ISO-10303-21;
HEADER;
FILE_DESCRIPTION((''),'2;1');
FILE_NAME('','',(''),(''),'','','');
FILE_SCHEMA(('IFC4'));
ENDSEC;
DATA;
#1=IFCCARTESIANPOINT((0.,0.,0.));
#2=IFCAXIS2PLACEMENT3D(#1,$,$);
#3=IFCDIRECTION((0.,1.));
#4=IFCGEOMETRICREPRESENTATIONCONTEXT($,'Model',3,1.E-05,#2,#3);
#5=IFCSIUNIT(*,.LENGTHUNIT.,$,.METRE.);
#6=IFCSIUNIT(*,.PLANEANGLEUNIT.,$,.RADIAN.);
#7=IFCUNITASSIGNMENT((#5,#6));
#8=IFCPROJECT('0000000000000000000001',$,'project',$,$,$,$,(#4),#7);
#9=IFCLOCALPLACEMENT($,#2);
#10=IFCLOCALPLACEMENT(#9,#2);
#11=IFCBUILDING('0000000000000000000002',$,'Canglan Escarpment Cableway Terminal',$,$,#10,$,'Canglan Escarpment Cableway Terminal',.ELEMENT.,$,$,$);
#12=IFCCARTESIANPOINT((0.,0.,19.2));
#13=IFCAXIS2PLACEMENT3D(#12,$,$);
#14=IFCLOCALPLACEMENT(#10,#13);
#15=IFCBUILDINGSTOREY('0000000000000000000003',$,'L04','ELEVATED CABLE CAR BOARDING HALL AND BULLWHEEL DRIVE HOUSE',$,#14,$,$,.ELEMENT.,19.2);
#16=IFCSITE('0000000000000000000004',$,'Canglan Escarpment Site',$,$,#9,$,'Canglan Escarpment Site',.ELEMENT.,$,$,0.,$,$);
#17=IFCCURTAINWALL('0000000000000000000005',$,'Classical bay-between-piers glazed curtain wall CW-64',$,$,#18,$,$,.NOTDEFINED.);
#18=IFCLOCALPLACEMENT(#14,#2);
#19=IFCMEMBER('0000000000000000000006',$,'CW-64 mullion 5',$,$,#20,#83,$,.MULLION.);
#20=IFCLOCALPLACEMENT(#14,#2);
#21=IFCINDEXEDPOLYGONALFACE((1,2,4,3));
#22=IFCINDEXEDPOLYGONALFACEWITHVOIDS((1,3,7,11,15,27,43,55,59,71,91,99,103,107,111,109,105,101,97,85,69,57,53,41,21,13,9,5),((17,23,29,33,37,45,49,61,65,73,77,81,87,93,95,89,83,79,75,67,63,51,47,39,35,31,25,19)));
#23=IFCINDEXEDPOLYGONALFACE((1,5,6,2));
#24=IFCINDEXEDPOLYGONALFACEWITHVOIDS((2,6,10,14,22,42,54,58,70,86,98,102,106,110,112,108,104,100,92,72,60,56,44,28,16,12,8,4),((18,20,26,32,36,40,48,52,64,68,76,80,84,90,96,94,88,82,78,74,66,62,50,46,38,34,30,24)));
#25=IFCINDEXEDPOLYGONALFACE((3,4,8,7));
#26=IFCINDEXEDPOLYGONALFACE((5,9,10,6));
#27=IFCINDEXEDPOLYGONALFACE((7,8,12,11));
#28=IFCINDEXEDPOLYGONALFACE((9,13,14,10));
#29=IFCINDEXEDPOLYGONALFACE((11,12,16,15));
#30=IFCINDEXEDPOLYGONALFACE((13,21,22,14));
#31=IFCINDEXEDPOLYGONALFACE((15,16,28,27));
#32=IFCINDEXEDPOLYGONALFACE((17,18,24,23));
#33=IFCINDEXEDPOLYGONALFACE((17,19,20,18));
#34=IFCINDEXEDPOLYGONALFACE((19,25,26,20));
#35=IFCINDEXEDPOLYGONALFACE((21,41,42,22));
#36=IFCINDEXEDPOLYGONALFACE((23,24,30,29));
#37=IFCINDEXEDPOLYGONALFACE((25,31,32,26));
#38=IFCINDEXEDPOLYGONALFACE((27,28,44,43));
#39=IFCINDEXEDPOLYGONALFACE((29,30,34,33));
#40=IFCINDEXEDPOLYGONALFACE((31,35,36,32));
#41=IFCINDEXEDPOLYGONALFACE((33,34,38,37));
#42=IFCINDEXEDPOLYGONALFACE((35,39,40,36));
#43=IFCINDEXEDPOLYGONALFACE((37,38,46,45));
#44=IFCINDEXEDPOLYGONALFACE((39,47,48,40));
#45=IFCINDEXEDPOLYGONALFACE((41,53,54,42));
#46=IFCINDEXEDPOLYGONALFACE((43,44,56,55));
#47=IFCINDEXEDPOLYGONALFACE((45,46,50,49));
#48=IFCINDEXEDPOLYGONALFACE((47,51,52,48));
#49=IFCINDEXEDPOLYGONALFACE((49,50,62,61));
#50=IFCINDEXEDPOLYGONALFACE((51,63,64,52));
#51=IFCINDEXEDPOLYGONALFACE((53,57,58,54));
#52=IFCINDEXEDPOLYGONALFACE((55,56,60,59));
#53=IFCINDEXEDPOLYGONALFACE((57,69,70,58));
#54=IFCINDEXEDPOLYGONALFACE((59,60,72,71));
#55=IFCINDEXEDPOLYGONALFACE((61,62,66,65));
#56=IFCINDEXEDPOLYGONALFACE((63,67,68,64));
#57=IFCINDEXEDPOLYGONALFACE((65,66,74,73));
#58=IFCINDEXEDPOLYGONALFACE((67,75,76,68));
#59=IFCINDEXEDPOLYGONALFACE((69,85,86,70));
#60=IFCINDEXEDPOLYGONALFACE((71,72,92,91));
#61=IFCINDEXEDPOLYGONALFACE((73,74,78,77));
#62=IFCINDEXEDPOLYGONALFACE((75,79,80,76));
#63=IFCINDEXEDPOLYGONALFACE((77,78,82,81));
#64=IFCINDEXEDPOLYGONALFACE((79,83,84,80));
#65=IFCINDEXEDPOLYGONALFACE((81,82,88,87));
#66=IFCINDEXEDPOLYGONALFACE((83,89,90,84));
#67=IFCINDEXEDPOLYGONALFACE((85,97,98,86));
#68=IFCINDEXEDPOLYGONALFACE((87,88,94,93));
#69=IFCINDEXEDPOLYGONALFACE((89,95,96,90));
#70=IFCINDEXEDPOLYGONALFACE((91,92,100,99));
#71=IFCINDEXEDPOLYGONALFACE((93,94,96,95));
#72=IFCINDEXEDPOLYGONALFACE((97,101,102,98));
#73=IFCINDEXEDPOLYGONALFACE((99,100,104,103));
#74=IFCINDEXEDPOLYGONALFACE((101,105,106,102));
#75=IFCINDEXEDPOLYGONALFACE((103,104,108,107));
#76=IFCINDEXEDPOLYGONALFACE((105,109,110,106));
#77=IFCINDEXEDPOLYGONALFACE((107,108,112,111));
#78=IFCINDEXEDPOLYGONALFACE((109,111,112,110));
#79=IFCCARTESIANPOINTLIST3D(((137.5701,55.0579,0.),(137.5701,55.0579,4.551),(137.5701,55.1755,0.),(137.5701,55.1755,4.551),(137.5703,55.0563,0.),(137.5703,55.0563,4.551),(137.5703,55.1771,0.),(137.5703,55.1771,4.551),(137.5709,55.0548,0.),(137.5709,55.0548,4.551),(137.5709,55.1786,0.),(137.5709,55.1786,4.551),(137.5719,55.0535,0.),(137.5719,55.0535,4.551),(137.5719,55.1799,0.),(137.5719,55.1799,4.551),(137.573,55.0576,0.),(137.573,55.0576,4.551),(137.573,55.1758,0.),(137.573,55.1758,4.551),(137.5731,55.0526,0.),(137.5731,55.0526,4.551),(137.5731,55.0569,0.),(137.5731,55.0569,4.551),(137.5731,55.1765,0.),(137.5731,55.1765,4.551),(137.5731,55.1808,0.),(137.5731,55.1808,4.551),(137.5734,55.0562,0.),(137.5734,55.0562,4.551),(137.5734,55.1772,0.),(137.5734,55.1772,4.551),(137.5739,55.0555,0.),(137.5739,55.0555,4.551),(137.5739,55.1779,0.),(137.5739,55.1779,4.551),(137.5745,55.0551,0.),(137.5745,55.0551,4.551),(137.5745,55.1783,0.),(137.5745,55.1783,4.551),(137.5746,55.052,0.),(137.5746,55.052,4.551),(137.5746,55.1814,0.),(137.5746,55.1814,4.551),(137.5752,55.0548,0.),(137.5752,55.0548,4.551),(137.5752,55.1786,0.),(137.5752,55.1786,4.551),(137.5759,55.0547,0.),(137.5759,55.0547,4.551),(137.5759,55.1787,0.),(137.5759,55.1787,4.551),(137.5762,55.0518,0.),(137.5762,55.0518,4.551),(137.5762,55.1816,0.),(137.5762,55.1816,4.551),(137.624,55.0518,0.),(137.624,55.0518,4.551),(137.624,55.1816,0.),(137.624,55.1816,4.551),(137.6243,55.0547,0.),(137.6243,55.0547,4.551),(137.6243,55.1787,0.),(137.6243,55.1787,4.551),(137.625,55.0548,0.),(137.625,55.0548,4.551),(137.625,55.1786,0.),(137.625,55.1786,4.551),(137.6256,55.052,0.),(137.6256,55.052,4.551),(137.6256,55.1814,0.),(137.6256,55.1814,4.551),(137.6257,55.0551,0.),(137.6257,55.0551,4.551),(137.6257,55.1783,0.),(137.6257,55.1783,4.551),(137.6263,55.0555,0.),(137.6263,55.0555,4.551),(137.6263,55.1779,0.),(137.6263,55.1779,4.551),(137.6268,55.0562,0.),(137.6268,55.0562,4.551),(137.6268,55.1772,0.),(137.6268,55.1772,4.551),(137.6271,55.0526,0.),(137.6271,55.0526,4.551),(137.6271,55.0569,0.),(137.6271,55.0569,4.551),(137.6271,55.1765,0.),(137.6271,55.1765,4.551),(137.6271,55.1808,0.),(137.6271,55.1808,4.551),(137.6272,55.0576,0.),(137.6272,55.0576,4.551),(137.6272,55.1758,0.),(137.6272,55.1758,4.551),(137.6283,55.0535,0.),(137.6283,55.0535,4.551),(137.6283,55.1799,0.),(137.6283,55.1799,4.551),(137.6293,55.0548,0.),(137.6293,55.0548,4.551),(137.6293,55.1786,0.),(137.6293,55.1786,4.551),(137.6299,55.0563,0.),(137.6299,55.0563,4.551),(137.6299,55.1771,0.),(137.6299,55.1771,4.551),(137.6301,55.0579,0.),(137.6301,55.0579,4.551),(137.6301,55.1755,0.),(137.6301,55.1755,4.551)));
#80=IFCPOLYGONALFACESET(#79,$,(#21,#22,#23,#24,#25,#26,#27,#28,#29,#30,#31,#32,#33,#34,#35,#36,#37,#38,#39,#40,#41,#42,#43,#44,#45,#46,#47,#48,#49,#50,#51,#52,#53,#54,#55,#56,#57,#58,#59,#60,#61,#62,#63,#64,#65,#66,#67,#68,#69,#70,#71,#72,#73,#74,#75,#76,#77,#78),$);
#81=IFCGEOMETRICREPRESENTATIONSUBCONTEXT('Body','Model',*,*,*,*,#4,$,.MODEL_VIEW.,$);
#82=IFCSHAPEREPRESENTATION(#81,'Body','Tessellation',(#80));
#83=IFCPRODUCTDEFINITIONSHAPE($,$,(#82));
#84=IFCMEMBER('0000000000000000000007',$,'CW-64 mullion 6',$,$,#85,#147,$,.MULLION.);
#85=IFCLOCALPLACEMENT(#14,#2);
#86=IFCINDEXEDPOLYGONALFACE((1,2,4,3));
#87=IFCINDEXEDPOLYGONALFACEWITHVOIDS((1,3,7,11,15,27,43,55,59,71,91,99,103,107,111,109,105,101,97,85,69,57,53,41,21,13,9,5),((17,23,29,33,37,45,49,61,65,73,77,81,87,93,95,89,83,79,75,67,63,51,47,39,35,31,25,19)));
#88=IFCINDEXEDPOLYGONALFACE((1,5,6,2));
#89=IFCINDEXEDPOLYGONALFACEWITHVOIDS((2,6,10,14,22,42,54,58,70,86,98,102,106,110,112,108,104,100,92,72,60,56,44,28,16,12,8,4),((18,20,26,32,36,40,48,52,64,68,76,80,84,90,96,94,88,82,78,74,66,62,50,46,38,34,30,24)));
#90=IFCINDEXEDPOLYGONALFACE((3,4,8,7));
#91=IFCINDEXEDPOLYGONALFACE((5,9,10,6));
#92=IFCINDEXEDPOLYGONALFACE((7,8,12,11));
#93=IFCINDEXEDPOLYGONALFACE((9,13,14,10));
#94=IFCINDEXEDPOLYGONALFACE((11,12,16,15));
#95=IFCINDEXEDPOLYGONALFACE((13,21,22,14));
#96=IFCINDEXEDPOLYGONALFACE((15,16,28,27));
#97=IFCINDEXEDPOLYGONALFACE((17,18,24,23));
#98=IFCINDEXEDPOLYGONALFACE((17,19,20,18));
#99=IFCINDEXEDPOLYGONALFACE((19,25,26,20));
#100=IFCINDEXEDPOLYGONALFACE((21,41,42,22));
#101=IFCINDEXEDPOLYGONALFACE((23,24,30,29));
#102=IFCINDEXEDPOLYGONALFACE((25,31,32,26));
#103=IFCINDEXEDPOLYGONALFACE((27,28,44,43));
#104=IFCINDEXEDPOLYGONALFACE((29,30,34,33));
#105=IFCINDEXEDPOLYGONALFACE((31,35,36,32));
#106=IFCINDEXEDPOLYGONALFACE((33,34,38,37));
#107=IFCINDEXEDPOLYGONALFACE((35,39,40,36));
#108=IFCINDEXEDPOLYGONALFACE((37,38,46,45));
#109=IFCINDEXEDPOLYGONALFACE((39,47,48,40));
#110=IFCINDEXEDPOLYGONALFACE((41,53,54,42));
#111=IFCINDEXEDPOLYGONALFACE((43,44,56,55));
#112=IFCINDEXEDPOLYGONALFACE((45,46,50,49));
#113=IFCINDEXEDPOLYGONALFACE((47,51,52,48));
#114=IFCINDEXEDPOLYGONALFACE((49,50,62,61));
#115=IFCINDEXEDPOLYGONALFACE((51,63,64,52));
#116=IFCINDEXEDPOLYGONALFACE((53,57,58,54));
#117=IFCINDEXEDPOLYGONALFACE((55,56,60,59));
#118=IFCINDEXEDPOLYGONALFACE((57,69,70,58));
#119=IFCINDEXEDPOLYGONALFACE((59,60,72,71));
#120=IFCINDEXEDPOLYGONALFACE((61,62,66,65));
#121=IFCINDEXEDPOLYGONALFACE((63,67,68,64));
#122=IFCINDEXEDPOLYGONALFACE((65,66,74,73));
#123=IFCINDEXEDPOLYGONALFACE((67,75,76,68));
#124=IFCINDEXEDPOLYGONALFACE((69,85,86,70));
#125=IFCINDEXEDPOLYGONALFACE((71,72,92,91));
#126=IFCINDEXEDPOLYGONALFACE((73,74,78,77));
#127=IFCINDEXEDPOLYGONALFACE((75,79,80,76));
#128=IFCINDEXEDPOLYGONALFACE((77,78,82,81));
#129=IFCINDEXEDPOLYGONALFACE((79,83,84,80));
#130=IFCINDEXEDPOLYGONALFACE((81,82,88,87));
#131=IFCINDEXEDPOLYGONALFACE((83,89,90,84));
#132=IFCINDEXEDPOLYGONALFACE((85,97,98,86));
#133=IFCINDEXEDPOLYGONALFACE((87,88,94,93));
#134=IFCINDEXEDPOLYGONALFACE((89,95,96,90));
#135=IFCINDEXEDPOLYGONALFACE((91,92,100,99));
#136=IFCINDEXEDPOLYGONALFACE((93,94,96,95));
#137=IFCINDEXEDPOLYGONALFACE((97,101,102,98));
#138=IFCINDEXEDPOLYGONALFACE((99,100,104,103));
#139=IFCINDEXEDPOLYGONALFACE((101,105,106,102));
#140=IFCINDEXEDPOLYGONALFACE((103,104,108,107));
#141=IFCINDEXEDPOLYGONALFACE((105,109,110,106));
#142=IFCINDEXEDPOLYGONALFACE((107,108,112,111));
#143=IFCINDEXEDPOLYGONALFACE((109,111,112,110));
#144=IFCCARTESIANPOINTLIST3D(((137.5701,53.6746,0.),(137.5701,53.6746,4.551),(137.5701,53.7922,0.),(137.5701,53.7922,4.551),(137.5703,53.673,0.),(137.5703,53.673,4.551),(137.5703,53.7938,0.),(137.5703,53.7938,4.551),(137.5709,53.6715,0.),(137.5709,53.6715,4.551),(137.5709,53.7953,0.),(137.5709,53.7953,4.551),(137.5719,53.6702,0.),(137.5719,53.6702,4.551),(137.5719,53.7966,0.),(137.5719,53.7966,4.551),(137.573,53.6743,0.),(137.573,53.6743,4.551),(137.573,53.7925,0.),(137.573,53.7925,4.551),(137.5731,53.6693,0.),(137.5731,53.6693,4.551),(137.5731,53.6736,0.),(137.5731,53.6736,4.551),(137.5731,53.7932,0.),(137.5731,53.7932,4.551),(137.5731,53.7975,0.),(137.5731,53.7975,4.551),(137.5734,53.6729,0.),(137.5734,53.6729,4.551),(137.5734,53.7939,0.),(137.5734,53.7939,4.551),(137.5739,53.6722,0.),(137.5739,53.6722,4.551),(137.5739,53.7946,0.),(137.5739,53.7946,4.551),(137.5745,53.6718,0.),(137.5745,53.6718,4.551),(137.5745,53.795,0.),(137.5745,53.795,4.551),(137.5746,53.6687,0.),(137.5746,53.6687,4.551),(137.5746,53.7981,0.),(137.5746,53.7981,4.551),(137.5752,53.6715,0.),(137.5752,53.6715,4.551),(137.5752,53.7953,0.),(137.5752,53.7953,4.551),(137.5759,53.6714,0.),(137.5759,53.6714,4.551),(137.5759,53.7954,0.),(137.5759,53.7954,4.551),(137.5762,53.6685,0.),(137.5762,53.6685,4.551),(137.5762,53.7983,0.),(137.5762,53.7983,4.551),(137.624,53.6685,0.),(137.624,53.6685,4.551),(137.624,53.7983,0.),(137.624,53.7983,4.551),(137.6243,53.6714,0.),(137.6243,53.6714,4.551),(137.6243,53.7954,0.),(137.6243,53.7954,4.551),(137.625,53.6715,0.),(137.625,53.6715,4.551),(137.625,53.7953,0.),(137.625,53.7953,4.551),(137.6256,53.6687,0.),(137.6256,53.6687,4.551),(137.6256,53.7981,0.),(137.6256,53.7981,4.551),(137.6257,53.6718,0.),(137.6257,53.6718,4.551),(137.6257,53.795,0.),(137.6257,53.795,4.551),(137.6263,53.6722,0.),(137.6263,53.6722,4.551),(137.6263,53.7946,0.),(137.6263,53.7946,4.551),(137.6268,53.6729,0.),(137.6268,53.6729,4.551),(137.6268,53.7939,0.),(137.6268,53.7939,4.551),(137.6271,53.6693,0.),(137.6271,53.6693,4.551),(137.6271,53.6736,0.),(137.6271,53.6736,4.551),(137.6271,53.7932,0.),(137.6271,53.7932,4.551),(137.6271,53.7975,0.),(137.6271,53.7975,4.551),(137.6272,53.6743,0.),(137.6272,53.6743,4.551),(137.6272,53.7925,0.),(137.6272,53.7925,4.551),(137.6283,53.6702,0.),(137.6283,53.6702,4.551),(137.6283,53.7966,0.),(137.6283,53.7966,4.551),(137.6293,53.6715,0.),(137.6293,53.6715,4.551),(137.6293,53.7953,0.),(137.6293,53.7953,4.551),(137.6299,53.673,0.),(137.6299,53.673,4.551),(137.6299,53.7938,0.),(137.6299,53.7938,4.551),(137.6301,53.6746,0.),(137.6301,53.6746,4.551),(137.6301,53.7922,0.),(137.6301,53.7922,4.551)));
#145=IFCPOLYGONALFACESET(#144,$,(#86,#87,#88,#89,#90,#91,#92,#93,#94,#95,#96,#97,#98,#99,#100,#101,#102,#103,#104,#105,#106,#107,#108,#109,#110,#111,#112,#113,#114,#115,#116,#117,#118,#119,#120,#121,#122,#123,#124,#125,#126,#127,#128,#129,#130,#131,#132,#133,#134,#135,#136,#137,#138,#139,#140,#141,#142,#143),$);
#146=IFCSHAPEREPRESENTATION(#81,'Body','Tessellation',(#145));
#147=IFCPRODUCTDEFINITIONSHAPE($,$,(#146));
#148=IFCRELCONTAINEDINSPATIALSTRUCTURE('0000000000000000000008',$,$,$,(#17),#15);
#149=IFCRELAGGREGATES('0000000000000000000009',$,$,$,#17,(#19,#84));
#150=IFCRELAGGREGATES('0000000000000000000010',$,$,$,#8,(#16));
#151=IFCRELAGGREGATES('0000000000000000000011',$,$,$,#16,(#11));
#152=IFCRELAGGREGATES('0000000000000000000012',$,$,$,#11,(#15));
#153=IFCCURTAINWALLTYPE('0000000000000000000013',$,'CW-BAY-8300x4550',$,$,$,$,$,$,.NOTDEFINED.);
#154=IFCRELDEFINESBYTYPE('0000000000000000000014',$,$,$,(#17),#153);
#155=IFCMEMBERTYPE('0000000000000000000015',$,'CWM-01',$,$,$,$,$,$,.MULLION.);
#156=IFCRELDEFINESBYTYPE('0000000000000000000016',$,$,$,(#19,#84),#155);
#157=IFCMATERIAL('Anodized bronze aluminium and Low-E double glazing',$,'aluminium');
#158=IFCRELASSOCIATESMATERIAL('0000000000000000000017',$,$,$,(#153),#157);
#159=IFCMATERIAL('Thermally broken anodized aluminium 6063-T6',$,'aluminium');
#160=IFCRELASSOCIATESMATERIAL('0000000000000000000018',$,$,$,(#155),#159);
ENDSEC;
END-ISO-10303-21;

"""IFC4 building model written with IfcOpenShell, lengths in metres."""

from ifc_helpers import new_model, si_unit, direction, frame, origin, origin_2d, place, context, subcontext, project, spatial, hollow_rectangle, extrude, material, material_profile, profile_set, type_object, element, aggregate, save


model = new_model("IFC4")

# Units and contexts
model_context = context("Model", 3, precision=1e-05, world=origin(), true_north=direction((0.0, 1.0)))
body_context = subcontext(model_context, "Body", "Model", "MODEL_VIEW")
ifc_project = project(units=[si_unit("LENGTHUNIT", "METRE"), si_unit("PLANEANGLEUNIT", "RADIAN")], contexts=[model_context])

# Site, building, storey
site_placement = place(None, origin())
site = spatial("IfcSite", under=ifc_project, at=site_placement, Name="Canglan Escarpment Site", LongName="Canglan Escarpment Site", CompositionType="ELEMENT", RefElevation=0.0)
building_placement = place(site_placement, origin())
building = spatial("IfcBuilding", under=site, at=building_placement, Name="Canglan Escarpment Cableway Terminal", LongName="Canglan Escarpment Cableway Terminal", CompositionType="ELEMENT")
storey_placement = place(building_placement, frame((0.0, 0.0, 19.2)))
storey = spatial("IfcBuildingStorey", under=building, at=storey_placement, Name="L04", Description="ELEVATED CABLE CAR BOARDING HALL AND BULLWHEEL DRIVE HOUSE", CompositionType="ELEMENT", Elevation=19.2)

# Curtain wall, members
ifc_material_1 = material(Name="Anodized bronze aluminium and Low-E double glazing", Category="aluminium")
curtain_wall_type = type_object("IfcCurtainWallType", Name="CW-BAY-8300x4550", PredefinedType="NOTDEFINED", material=ifc_material_1)
curtain_wall_placement = place(storey_placement, origin())
curtain_wall = element("IfcCurtainWall", 1, at=curtain_wall_placement, inside=storey, type_object=curtain_wall_type, Name="Classical bay-between-piers glazed curtain wall CW-64", PredefinedType="NOTDEFINED")
ifc_material_2 = material(Name="Thermally broken anodized aluminium 6063-T6", Category="aluminium")
ifc_material_profile_1 = material_profile(ifc_material_2, hollow_rectangle(XDim=0.0601, YDim=0.1299, WallThickness=0.0029, InnerFilletRadius=0.0029, OuterFilletRadius=0.0061, at=origin_2d()), Name="ALU-MULL 60x130x3")
ifc_profile_set_1 = profile_set([ifc_material_profile_1], Name="Thermally broken anodized aluminium 6063-T6")
member_type_1 = type_object("IfcMemberType", Name="CWM-01", PredefinedType="MULLION", material=ifc_profile_set_1)
member_1_placement = place(storey_placement, frame((137.6001, 55.1167, 0.0), z_axis=(0.0, 0.0, 1.0), x_axis=(1.0, 0.0, 0.0)))
member_1 = element("IfcMember", 2, at=member_1_placement, type_object=member_type_1, Name="CW-64 mullion 5", PredefinedType="MULLION", context=body_context, shape_type="SweptSolid", body=[
    extrude(hollow_rectangle(XDim=0.0601, YDim=0.1299, WallThickness=0.0029, InnerFilletRadius=0.0029, OuterFilletRadius=0.0061, at=origin_2d()), origin(), (0.0, 0.0, 1.0), 4.551),
])
member_2_placement = place(storey_placement, frame((137.6001, 53.7334, 0.0), z_axis=(0.0, 0.0, 1.0), x_axis=(1.0, 0.0, 0.0)))
member_2 = element("IfcMember", 3, at=member_2_placement, type_object=member_type_1, Name="CW-64 mullion 6", PredefinedType="MULLION", context=body_context, shape_type="SweptSolid", body=[
    extrude(hollow_rectangle(XDim=0.0601, YDim=0.1299, WallThickness=0.0029, InnerFilletRadius=0.0029, OuterFilletRadius=0.0061, at=origin_2d()), origin(), (0.0, 0.0, 1.0), 4.551),
])
aggregate(curtain_wall, [member_1, member_2])

save(model, "model.ifc")
